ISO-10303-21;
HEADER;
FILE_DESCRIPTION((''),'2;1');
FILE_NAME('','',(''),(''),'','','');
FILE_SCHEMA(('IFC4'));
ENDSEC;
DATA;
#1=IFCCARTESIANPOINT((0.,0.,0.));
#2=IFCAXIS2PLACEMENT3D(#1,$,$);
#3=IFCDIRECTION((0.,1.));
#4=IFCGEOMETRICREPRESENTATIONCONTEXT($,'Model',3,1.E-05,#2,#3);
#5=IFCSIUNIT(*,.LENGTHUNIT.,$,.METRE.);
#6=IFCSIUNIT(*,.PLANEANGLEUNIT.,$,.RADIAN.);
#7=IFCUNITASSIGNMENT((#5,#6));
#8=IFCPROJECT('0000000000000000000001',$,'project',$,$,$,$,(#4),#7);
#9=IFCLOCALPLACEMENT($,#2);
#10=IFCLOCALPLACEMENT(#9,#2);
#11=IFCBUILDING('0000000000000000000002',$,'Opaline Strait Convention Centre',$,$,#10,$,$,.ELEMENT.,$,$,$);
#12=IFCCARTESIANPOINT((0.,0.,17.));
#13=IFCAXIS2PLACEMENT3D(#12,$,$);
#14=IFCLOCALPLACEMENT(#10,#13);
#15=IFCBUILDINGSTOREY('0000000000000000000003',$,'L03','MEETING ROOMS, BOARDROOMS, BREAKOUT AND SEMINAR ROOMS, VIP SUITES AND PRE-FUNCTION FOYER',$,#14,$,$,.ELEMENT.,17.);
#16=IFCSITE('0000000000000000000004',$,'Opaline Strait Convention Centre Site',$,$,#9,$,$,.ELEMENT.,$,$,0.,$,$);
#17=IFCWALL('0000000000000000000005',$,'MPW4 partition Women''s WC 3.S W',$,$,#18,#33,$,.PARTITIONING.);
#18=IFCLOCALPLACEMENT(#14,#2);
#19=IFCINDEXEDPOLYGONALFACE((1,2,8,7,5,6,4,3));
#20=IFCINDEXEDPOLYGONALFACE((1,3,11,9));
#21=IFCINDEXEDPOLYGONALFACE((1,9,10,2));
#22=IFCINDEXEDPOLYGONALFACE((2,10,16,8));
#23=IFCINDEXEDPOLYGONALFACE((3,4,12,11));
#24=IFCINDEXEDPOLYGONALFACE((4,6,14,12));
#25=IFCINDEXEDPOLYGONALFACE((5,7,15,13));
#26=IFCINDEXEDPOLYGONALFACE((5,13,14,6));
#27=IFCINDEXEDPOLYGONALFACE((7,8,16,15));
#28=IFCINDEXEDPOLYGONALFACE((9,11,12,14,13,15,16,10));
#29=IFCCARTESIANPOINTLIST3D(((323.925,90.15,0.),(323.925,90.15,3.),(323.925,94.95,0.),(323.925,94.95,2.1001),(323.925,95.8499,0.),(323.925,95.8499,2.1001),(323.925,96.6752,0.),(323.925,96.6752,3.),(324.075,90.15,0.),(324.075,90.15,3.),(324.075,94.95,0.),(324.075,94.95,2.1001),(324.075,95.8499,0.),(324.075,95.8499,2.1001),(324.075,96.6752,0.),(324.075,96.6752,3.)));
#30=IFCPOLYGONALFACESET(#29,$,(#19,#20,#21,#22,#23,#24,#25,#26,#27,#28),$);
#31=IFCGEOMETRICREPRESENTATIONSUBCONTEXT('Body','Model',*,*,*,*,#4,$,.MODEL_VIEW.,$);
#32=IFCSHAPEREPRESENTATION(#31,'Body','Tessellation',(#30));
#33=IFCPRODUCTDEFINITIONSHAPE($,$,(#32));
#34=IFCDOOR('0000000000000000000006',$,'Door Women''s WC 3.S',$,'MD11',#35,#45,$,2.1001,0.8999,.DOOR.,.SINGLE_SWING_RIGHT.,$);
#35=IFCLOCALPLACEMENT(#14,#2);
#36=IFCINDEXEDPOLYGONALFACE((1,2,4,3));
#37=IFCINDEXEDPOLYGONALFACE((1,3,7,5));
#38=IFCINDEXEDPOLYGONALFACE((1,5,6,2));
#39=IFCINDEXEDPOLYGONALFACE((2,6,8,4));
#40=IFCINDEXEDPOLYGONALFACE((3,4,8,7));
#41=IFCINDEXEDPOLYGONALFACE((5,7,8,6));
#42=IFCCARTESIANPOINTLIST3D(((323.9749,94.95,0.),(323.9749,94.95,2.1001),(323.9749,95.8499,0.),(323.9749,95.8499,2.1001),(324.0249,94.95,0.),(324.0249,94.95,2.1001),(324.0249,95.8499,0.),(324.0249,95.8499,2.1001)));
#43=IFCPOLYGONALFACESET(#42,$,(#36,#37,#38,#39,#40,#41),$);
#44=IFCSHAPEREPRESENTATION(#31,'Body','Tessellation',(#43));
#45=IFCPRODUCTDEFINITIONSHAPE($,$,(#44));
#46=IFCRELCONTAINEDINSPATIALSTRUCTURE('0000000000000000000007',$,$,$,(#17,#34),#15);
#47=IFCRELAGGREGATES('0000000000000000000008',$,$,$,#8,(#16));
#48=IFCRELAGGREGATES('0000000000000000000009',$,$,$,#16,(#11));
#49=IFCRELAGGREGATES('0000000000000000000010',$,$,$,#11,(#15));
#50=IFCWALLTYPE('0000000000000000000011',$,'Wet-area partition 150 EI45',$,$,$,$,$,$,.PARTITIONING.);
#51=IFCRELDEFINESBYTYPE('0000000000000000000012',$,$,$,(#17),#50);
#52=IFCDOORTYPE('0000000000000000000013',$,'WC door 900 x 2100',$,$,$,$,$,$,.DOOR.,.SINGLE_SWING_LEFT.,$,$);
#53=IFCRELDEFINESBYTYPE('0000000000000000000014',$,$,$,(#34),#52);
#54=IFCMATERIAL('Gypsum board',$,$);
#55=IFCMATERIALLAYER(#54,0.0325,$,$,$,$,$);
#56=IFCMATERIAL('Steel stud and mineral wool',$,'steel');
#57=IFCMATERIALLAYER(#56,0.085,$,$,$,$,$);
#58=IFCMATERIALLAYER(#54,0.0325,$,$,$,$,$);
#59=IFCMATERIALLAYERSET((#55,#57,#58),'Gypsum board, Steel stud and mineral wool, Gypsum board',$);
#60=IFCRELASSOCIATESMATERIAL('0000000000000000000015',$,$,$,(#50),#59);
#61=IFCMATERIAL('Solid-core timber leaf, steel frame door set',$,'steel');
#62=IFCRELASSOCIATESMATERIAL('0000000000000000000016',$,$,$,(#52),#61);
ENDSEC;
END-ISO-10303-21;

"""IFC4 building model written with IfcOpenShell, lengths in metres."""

from ifc_helpers import new_model, si_unit, direction, frame, frame_2d, origin, place, context, subcontext, project, spatial, rectangle, extrude, material, layer, layer_set, type_object, element, fill, save


model = new_model("IFC4")

# Units and contexts
model_context = context("Model", 3, precision=1e-05, world=origin(), true_north=direction((0.0, 1.0)))
body_context = subcontext(model_context, "Body", "Model", "MODEL_VIEW")
ifc_project = project(units=[si_unit("LENGTHUNIT", "METRE"), si_unit("PLANEANGLEUNIT", "RADIAN")], contexts=[model_context])

# Site, building, storey
site_placement = place(None, origin())
site = spatial("IfcSite", under=ifc_project, at=site_placement, Name="Opaline Strait Convention Centre Site", CompositionType="ELEMENT", RefElevation=0.0)
building_placement = place(site_placement, origin())
building = spatial("IfcBuilding", under=site, at=building_placement, Name="Opaline Strait Convention Centre", CompositionType="ELEMENT")
storey_placement = place(building_placement, frame((0.0, 0.0, 17.0)))
storey = spatial("IfcBuildingStorey", under=building, at=storey_placement, Name="L03", Description="MEETING ROOMS, BOARDROOMS, BREAKOUT AND SEMINAR ROOMS, VIP SUITES AND PRE-FUNCTION FOYER", CompositionType="ELEMENT", Elevation=17.0)

# Shared definitions
ifc_material_1 = material(Name="Gypsum board")
ifc_material_2 = material(Name="Steel stud and mineral wool", Category="steel")

# Wall, opening, door
ifc_layer_1 = layer(ifc_material_1, 0.0325)
ifc_layer_2 = layer(ifc_material_2, 0.085)
ifc_layer_3 = layer(ifc_material_1, 0.0325)
ifc_layer_set_1 = layer_set([ifc_layer_1, ifc_layer_2, ifc_layer_3], Name="Gypsum board, Steel stud and mineral wool, Gypsum board")
wall_type_1 = type_object("IfcWallType", Name="Wet-area partition 150 EI45", PredefinedType="PARTITIONING", material=ifc_layer_set_1)
wall_1_placement = place(storey_placement, frame((324.0, 90.1499, 0.0), z_axis=(0.0, 0.0, 1.0), x_axis=(0.0, 1.0, 0.0)))
wall_1 = element("IfcWall", 1, at=wall_1_placement, inside=storey, type_object=wall_type_1, Name="MPW4 partition Women's WC 3.S W", PredefinedType="PARTITIONING", context=body_context, shape_type="SweptSolid", body=[
    extrude(rectangle(XDim=6.5251, YDim=0.1499, at=frame_2d((3.2627, 0.0))), origin(), (0.0, 0.0, 1.0), 3.0),
])
opening_1_placement = place(wall_1_placement, frame((4.8, 0.0, 0.0)))
opening_1 = element("IfcOpeningElement", 2, at=opening_1_placement, cuts=wall_1, PredefinedType="OPENING", context=body_context, shape_type="SweptSolid", body=[
    extrude(rectangle(XDim=0.8999, YDim=2.1001, at=frame_2d((0.45, 1.05))), frame((0.0, 0.085, 0.0), z_axis=(0.0, -1.0, 0.0), x_axis=(1.0, 0.0, 0.0)), (0.0, 0.0, 1.0), 0.1699),
])
ifc_material_3 = material(Name="Solid-core timber leaf, steel frame door set", Category="steel")
door_type = type_object("IfcDoorType", Name="WC door 900 x 2100", OperationType="SINGLE_SWING_LEFT", PredefinedType="DOOR", material=ifc_material_3)
door_placement = place(opening_1_placement, frame((0.8999, 0.0, 0.0), z_axis=(0.0, 0.0, 1.0), x_axis=(-1.0, 0.0, 0.0)))
door = element("IfcDoor", 3, at=door_placement, inside=storey, type_object=door_type, Name="Door Women's WC 3.S", ObjectType="MD11", OperationType="SINGLE_SWING_RIGHT", OverallHeight=2.1001, OverallWidth=0.8999, PredefinedType="DOOR", context=body_context, shape_type="SweptSolid", body=[
    extrude(rectangle(XDim=0.8999, YDim=2.1001, at=frame_2d((0.45, 1.05))), frame((0.0, 0.0249, 0.0), z_axis=(0.0, -1.0, 0.0), x_axis=(1.0, 0.0, 0.0)), (0.0, 0.0, 1.0), 0.05),
])
fill(opening_1, door)

save(model, "model.ifc")
